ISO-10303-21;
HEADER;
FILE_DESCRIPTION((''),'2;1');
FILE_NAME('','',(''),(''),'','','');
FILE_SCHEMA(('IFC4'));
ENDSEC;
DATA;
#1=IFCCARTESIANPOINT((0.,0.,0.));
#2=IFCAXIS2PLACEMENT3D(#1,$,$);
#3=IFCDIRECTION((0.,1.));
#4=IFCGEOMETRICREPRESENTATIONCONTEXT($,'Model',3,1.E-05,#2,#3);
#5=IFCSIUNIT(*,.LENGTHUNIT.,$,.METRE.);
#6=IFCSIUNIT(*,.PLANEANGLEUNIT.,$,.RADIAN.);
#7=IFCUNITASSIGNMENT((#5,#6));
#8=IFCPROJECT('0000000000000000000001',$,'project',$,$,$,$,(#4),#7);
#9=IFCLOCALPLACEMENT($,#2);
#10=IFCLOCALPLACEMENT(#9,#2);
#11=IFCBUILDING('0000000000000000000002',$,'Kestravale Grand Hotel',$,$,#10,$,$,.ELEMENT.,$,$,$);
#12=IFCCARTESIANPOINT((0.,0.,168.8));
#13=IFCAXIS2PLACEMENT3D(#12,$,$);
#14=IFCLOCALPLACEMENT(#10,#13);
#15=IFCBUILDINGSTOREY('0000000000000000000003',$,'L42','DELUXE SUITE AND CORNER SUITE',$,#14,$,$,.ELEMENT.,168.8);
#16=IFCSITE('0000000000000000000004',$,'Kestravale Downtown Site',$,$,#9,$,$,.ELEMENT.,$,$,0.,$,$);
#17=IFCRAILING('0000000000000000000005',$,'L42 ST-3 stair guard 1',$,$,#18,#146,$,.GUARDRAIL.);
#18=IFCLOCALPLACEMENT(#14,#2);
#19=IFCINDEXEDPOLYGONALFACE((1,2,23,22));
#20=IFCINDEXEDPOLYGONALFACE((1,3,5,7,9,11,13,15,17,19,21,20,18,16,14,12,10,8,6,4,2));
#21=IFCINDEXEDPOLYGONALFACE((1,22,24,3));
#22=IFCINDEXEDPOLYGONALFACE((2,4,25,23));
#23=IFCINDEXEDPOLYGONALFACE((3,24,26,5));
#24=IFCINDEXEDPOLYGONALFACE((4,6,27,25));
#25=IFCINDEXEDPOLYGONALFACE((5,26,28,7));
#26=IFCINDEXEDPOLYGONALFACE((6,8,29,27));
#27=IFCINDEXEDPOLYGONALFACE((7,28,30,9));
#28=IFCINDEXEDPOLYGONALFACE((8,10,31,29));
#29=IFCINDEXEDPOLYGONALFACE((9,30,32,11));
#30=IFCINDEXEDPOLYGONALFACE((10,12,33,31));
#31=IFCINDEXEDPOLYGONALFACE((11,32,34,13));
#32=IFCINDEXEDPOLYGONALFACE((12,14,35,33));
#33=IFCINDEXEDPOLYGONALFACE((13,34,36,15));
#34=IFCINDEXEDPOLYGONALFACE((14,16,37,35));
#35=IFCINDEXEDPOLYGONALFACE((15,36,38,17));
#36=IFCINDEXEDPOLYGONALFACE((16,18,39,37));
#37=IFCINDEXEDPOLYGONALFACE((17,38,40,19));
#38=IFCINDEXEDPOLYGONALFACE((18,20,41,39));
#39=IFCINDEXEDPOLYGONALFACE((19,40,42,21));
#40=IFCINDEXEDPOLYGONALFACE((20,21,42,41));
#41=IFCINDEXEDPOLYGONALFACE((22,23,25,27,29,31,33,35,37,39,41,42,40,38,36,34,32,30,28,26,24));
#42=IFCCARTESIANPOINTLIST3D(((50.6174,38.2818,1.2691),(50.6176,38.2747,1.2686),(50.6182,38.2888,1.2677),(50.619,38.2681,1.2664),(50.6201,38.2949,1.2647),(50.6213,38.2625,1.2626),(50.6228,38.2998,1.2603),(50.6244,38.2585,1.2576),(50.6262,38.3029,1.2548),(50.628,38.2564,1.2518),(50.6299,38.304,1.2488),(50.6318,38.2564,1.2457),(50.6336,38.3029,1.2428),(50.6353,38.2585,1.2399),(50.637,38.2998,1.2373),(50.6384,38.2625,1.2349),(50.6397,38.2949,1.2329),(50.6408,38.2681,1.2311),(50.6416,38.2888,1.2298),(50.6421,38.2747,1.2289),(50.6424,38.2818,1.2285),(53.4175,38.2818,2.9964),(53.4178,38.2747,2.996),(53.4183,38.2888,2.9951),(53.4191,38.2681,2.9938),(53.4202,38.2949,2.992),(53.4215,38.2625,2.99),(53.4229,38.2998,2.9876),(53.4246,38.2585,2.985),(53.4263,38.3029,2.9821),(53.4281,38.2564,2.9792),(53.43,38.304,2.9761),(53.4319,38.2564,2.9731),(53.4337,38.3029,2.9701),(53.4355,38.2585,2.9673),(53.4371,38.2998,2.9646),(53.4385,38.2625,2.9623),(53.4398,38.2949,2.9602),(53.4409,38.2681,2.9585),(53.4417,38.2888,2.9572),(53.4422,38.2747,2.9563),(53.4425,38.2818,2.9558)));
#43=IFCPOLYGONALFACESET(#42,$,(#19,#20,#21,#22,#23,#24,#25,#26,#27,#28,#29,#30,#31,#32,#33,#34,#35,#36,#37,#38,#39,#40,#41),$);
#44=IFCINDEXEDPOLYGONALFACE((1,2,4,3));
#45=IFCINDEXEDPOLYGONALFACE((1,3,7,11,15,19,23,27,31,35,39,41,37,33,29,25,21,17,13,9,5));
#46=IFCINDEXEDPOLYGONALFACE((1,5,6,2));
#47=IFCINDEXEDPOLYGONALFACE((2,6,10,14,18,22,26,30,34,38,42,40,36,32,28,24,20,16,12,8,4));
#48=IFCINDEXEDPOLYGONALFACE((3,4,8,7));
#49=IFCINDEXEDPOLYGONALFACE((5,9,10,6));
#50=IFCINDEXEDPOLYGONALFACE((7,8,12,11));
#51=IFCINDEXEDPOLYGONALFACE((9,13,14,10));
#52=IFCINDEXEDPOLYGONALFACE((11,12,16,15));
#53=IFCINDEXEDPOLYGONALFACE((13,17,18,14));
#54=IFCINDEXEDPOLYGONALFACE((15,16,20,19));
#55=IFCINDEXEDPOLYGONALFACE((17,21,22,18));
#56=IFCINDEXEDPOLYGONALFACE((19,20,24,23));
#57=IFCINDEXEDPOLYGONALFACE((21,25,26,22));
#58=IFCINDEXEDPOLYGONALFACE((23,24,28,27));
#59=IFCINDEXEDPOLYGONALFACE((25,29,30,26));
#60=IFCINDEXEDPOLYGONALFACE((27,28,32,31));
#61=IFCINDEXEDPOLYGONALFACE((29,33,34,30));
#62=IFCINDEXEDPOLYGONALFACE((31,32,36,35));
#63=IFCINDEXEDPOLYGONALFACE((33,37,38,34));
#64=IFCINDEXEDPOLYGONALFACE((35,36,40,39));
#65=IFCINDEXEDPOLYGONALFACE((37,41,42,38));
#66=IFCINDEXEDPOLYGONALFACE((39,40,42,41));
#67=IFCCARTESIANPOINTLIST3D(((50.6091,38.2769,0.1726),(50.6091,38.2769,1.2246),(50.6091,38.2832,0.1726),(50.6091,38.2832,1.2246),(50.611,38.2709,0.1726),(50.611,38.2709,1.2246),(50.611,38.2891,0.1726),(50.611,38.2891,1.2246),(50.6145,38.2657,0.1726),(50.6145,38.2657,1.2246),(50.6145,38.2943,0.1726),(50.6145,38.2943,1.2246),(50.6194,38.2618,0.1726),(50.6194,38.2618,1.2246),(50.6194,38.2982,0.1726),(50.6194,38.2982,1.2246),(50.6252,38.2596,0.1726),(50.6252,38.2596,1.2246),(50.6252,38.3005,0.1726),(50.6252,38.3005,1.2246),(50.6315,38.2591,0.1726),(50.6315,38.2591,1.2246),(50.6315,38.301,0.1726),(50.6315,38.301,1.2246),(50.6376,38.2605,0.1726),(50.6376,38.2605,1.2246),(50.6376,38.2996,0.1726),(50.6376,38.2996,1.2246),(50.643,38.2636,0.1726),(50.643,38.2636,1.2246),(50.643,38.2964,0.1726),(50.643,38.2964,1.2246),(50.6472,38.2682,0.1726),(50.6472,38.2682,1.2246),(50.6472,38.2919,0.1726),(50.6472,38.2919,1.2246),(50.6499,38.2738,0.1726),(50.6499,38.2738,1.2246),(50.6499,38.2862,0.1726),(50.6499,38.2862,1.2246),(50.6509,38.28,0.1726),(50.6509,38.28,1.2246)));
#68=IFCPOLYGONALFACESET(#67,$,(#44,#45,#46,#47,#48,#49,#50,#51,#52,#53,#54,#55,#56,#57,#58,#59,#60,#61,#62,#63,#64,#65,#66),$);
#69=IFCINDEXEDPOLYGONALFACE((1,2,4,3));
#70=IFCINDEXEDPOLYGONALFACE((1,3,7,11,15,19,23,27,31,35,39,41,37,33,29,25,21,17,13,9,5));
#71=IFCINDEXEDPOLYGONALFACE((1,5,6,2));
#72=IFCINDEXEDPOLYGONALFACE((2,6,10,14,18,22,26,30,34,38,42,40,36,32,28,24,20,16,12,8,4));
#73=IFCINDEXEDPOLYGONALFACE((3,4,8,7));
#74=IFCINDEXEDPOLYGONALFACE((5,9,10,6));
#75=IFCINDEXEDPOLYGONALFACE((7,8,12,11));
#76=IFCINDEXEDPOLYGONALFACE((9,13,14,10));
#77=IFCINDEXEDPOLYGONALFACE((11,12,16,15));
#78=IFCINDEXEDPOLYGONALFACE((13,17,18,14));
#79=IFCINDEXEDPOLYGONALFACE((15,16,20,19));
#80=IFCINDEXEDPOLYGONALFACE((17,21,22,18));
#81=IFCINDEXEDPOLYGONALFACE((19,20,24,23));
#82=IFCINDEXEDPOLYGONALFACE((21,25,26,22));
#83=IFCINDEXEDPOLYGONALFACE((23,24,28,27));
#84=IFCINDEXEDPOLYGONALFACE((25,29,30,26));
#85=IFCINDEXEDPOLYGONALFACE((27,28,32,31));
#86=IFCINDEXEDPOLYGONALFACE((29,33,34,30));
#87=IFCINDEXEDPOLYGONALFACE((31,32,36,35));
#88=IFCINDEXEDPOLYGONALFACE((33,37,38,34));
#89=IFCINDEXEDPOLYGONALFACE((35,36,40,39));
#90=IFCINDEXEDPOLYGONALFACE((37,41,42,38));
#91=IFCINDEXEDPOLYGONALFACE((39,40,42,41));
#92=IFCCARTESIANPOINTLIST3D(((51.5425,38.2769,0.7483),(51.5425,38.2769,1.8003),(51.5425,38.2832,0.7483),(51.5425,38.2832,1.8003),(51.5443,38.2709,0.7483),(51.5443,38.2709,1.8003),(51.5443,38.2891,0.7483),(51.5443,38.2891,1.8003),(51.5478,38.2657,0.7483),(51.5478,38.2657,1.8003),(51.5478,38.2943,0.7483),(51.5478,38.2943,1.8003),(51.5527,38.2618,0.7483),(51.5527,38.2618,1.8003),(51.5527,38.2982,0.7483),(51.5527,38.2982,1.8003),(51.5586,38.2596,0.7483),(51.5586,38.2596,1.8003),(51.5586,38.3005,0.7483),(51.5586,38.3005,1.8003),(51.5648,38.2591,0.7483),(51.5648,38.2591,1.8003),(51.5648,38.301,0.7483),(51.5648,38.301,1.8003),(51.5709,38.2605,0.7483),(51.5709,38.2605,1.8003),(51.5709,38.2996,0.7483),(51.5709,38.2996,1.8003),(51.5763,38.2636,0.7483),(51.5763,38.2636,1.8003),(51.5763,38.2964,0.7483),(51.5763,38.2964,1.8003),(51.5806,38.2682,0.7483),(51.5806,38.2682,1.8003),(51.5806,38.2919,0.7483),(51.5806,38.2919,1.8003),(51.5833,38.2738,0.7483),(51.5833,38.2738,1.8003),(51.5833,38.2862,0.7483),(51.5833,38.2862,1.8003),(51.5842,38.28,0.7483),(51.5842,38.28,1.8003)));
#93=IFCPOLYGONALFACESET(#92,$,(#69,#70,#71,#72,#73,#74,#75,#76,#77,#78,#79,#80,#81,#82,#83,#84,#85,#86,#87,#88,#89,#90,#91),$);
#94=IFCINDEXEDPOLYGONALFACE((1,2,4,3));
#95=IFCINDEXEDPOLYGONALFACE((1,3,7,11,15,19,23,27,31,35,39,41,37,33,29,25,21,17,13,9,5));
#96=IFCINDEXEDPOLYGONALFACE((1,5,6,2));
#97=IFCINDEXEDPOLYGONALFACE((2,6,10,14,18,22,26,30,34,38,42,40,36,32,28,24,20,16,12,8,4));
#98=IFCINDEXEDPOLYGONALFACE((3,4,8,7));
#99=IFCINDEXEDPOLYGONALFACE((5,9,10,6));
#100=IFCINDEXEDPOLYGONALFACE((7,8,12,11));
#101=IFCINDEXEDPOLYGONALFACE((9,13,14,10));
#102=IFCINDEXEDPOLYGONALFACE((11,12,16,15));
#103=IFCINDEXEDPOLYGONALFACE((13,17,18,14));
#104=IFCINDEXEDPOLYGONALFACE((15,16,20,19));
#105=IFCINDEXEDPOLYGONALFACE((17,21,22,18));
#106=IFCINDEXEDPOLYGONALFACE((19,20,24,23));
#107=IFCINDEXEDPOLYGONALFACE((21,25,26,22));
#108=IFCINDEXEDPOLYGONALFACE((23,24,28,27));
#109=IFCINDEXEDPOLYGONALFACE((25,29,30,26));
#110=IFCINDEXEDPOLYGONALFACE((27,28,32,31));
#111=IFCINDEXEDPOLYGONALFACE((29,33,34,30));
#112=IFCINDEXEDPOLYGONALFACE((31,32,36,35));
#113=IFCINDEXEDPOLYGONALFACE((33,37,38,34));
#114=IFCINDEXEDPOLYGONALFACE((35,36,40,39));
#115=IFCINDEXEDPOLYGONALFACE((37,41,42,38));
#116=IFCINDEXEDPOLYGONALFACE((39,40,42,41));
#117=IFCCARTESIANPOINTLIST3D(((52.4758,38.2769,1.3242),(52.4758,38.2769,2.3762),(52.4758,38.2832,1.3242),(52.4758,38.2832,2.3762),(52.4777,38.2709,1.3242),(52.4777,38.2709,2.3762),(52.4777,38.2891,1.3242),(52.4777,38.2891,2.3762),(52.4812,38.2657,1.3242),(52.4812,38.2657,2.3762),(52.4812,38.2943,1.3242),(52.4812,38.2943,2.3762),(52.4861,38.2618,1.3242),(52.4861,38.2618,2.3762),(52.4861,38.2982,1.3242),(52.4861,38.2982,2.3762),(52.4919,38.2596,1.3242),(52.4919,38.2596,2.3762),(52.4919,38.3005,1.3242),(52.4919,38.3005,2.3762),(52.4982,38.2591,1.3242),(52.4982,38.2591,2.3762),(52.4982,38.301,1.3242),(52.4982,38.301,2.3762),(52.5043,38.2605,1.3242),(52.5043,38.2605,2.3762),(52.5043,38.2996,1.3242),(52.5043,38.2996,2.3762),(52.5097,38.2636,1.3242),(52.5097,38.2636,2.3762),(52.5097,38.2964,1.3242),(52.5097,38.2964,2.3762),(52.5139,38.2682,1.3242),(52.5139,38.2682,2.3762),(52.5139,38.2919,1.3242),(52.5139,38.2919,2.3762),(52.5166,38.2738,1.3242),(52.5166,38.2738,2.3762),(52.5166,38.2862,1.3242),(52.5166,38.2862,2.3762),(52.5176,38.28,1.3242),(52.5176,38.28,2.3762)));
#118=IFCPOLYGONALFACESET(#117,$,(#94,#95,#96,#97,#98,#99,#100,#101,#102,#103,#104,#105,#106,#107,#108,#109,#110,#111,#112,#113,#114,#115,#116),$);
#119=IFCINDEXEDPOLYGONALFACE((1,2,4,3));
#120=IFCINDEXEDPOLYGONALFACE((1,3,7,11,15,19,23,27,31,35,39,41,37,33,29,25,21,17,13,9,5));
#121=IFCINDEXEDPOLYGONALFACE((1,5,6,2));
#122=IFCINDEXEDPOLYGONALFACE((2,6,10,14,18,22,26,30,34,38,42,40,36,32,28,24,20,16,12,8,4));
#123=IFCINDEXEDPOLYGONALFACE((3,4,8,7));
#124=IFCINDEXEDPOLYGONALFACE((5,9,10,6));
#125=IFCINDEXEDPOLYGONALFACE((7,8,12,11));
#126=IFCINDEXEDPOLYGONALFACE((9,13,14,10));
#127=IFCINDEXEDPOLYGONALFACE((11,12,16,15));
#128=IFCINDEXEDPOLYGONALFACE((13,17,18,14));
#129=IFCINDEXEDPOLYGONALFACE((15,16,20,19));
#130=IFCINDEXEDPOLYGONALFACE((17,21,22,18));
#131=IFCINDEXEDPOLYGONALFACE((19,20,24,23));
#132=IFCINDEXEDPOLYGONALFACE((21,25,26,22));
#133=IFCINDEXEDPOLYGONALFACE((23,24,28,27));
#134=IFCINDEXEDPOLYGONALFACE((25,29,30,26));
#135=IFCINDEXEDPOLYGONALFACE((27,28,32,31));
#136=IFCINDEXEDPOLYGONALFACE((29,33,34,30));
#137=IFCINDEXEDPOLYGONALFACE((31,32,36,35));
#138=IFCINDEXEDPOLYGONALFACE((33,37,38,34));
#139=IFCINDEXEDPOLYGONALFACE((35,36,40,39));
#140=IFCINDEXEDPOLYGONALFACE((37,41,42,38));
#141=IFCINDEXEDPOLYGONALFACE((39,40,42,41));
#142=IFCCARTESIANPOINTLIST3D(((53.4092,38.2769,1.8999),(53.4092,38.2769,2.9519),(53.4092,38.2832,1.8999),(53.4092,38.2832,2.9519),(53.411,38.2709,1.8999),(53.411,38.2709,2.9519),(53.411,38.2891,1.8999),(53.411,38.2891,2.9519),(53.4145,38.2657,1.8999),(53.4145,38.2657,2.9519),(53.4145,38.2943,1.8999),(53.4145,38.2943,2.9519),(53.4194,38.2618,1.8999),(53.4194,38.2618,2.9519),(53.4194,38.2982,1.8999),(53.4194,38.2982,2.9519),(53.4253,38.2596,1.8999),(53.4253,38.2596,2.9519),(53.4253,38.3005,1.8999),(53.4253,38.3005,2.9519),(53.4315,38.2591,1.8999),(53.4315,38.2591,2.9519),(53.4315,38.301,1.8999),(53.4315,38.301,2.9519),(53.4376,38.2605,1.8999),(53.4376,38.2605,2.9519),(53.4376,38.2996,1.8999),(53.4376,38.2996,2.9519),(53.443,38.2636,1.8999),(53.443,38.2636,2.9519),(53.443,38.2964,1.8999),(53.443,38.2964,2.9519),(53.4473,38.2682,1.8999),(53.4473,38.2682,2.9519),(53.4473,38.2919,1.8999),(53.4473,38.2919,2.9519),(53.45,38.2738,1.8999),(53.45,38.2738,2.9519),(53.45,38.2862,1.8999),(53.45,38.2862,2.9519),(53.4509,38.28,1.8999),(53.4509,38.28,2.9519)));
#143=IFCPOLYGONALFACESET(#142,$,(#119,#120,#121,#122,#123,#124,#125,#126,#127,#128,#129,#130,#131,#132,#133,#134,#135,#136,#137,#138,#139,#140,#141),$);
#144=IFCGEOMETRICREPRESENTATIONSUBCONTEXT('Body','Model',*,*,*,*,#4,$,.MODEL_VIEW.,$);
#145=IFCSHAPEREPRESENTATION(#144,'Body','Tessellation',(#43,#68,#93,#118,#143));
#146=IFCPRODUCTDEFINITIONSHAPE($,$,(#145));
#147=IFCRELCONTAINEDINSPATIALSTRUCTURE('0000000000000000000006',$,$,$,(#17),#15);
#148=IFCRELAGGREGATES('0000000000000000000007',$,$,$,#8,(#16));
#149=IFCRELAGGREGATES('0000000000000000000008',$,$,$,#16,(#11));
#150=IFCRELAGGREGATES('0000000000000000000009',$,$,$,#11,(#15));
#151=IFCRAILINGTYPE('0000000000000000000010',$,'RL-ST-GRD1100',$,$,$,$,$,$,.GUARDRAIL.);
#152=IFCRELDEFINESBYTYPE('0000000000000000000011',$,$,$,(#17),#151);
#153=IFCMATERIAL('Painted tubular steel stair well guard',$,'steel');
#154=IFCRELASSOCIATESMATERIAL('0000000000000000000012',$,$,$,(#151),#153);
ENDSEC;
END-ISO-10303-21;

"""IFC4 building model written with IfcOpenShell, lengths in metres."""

from ifc_helpers import new_model, si_unit, direction, frame, origin, origin_2d, place, context, subcontext, project, spatial, circle, extrude, material, type_object, element, save


model = new_model("IFC4")

# Units and contexts
model_context = context("Model", 3, precision=1e-05, world=origin(), true_north=direction((0.0, 1.0)))
body_context = subcontext(model_context, "Body", "Model", "MODEL_VIEW")
ifc_project = project(units=[si_unit("LENGTHUNIT", "METRE"), si_unit("PLANEANGLEUNIT", "RADIAN")], contexts=[model_context])

# Site, building, storey
site_placement = place(None, origin())
site = spatial("IfcSite", under=ifc_project, at=site_placement, Name="Kestravale Downtown Site", CompositionType="ELEMENT", RefElevation=0.0)
building_placement = place(site_placement, origin())
building = spatial("IfcBuilding", under=site, at=building_placement, Name="Kestravale Grand Hotel", CompositionType="ELEMENT")
storey_placement = place(building_placement, frame((0.0, 0.0, 168.8)))
storey = spatial("IfcBuildingStorey", under=building, at=storey_placement, Name="L42", Description="DELUXE SUITE AND CORNER SUITE", CompositionType="ELEMENT", Elevation=168.8)

# Railing
ifc_material_1 = material(Name="Painted tubular steel stair well guard", Category="steel")
railing_type_1 = type_object("IfcRailingType", Name="RL-ST-GRD1100", PredefinedType="GUARDRAIL", material=ifc_material_1)
railing_1_placement = place(storey_placement, frame((50.6299, 38.28, 0.1726)))
element("IfcRailing", 1, at=railing_1_placement, inside=storey, type_object=railing_type_1, Name="L42 ST-3 stair guard 1", PredefinedType="GUARDRAIL", context=body_context, shape_type="SweptSolid", body=[
    extrude(circle(Radius=0.0239, at=origin_2d()), frame((0.0, 0.0, 1.0762), z_axis=(0.85109, 0.0, 0.52502), x_axis=(0.0, 1.0, 0.0)), (0.0, 0.0, 1.0), 3.29),
    extrude(circle(Radius=0.021, at=origin_2d()), origin(), (0.0, 0.0, 1.0), 1.052),
    extrude(circle(Radius=0.021, at=origin_2d()), frame((0.9333, 0.0, 0.5757)), (0.0, 0.0, 1.0), 1.052),
    extrude(circle(Radius=0.021, at=origin_2d()), frame((1.8667, 0.0, 1.1516)), (0.0, 0.0, 1.0), 1.052),
    extrude(circle(Radius=0.021, at=origin_2d()), frame((2.8, 0.0, 1.7273)), (0.0, 0.0, 1.0), 1.052),
])

save(model, "model.ifc")
